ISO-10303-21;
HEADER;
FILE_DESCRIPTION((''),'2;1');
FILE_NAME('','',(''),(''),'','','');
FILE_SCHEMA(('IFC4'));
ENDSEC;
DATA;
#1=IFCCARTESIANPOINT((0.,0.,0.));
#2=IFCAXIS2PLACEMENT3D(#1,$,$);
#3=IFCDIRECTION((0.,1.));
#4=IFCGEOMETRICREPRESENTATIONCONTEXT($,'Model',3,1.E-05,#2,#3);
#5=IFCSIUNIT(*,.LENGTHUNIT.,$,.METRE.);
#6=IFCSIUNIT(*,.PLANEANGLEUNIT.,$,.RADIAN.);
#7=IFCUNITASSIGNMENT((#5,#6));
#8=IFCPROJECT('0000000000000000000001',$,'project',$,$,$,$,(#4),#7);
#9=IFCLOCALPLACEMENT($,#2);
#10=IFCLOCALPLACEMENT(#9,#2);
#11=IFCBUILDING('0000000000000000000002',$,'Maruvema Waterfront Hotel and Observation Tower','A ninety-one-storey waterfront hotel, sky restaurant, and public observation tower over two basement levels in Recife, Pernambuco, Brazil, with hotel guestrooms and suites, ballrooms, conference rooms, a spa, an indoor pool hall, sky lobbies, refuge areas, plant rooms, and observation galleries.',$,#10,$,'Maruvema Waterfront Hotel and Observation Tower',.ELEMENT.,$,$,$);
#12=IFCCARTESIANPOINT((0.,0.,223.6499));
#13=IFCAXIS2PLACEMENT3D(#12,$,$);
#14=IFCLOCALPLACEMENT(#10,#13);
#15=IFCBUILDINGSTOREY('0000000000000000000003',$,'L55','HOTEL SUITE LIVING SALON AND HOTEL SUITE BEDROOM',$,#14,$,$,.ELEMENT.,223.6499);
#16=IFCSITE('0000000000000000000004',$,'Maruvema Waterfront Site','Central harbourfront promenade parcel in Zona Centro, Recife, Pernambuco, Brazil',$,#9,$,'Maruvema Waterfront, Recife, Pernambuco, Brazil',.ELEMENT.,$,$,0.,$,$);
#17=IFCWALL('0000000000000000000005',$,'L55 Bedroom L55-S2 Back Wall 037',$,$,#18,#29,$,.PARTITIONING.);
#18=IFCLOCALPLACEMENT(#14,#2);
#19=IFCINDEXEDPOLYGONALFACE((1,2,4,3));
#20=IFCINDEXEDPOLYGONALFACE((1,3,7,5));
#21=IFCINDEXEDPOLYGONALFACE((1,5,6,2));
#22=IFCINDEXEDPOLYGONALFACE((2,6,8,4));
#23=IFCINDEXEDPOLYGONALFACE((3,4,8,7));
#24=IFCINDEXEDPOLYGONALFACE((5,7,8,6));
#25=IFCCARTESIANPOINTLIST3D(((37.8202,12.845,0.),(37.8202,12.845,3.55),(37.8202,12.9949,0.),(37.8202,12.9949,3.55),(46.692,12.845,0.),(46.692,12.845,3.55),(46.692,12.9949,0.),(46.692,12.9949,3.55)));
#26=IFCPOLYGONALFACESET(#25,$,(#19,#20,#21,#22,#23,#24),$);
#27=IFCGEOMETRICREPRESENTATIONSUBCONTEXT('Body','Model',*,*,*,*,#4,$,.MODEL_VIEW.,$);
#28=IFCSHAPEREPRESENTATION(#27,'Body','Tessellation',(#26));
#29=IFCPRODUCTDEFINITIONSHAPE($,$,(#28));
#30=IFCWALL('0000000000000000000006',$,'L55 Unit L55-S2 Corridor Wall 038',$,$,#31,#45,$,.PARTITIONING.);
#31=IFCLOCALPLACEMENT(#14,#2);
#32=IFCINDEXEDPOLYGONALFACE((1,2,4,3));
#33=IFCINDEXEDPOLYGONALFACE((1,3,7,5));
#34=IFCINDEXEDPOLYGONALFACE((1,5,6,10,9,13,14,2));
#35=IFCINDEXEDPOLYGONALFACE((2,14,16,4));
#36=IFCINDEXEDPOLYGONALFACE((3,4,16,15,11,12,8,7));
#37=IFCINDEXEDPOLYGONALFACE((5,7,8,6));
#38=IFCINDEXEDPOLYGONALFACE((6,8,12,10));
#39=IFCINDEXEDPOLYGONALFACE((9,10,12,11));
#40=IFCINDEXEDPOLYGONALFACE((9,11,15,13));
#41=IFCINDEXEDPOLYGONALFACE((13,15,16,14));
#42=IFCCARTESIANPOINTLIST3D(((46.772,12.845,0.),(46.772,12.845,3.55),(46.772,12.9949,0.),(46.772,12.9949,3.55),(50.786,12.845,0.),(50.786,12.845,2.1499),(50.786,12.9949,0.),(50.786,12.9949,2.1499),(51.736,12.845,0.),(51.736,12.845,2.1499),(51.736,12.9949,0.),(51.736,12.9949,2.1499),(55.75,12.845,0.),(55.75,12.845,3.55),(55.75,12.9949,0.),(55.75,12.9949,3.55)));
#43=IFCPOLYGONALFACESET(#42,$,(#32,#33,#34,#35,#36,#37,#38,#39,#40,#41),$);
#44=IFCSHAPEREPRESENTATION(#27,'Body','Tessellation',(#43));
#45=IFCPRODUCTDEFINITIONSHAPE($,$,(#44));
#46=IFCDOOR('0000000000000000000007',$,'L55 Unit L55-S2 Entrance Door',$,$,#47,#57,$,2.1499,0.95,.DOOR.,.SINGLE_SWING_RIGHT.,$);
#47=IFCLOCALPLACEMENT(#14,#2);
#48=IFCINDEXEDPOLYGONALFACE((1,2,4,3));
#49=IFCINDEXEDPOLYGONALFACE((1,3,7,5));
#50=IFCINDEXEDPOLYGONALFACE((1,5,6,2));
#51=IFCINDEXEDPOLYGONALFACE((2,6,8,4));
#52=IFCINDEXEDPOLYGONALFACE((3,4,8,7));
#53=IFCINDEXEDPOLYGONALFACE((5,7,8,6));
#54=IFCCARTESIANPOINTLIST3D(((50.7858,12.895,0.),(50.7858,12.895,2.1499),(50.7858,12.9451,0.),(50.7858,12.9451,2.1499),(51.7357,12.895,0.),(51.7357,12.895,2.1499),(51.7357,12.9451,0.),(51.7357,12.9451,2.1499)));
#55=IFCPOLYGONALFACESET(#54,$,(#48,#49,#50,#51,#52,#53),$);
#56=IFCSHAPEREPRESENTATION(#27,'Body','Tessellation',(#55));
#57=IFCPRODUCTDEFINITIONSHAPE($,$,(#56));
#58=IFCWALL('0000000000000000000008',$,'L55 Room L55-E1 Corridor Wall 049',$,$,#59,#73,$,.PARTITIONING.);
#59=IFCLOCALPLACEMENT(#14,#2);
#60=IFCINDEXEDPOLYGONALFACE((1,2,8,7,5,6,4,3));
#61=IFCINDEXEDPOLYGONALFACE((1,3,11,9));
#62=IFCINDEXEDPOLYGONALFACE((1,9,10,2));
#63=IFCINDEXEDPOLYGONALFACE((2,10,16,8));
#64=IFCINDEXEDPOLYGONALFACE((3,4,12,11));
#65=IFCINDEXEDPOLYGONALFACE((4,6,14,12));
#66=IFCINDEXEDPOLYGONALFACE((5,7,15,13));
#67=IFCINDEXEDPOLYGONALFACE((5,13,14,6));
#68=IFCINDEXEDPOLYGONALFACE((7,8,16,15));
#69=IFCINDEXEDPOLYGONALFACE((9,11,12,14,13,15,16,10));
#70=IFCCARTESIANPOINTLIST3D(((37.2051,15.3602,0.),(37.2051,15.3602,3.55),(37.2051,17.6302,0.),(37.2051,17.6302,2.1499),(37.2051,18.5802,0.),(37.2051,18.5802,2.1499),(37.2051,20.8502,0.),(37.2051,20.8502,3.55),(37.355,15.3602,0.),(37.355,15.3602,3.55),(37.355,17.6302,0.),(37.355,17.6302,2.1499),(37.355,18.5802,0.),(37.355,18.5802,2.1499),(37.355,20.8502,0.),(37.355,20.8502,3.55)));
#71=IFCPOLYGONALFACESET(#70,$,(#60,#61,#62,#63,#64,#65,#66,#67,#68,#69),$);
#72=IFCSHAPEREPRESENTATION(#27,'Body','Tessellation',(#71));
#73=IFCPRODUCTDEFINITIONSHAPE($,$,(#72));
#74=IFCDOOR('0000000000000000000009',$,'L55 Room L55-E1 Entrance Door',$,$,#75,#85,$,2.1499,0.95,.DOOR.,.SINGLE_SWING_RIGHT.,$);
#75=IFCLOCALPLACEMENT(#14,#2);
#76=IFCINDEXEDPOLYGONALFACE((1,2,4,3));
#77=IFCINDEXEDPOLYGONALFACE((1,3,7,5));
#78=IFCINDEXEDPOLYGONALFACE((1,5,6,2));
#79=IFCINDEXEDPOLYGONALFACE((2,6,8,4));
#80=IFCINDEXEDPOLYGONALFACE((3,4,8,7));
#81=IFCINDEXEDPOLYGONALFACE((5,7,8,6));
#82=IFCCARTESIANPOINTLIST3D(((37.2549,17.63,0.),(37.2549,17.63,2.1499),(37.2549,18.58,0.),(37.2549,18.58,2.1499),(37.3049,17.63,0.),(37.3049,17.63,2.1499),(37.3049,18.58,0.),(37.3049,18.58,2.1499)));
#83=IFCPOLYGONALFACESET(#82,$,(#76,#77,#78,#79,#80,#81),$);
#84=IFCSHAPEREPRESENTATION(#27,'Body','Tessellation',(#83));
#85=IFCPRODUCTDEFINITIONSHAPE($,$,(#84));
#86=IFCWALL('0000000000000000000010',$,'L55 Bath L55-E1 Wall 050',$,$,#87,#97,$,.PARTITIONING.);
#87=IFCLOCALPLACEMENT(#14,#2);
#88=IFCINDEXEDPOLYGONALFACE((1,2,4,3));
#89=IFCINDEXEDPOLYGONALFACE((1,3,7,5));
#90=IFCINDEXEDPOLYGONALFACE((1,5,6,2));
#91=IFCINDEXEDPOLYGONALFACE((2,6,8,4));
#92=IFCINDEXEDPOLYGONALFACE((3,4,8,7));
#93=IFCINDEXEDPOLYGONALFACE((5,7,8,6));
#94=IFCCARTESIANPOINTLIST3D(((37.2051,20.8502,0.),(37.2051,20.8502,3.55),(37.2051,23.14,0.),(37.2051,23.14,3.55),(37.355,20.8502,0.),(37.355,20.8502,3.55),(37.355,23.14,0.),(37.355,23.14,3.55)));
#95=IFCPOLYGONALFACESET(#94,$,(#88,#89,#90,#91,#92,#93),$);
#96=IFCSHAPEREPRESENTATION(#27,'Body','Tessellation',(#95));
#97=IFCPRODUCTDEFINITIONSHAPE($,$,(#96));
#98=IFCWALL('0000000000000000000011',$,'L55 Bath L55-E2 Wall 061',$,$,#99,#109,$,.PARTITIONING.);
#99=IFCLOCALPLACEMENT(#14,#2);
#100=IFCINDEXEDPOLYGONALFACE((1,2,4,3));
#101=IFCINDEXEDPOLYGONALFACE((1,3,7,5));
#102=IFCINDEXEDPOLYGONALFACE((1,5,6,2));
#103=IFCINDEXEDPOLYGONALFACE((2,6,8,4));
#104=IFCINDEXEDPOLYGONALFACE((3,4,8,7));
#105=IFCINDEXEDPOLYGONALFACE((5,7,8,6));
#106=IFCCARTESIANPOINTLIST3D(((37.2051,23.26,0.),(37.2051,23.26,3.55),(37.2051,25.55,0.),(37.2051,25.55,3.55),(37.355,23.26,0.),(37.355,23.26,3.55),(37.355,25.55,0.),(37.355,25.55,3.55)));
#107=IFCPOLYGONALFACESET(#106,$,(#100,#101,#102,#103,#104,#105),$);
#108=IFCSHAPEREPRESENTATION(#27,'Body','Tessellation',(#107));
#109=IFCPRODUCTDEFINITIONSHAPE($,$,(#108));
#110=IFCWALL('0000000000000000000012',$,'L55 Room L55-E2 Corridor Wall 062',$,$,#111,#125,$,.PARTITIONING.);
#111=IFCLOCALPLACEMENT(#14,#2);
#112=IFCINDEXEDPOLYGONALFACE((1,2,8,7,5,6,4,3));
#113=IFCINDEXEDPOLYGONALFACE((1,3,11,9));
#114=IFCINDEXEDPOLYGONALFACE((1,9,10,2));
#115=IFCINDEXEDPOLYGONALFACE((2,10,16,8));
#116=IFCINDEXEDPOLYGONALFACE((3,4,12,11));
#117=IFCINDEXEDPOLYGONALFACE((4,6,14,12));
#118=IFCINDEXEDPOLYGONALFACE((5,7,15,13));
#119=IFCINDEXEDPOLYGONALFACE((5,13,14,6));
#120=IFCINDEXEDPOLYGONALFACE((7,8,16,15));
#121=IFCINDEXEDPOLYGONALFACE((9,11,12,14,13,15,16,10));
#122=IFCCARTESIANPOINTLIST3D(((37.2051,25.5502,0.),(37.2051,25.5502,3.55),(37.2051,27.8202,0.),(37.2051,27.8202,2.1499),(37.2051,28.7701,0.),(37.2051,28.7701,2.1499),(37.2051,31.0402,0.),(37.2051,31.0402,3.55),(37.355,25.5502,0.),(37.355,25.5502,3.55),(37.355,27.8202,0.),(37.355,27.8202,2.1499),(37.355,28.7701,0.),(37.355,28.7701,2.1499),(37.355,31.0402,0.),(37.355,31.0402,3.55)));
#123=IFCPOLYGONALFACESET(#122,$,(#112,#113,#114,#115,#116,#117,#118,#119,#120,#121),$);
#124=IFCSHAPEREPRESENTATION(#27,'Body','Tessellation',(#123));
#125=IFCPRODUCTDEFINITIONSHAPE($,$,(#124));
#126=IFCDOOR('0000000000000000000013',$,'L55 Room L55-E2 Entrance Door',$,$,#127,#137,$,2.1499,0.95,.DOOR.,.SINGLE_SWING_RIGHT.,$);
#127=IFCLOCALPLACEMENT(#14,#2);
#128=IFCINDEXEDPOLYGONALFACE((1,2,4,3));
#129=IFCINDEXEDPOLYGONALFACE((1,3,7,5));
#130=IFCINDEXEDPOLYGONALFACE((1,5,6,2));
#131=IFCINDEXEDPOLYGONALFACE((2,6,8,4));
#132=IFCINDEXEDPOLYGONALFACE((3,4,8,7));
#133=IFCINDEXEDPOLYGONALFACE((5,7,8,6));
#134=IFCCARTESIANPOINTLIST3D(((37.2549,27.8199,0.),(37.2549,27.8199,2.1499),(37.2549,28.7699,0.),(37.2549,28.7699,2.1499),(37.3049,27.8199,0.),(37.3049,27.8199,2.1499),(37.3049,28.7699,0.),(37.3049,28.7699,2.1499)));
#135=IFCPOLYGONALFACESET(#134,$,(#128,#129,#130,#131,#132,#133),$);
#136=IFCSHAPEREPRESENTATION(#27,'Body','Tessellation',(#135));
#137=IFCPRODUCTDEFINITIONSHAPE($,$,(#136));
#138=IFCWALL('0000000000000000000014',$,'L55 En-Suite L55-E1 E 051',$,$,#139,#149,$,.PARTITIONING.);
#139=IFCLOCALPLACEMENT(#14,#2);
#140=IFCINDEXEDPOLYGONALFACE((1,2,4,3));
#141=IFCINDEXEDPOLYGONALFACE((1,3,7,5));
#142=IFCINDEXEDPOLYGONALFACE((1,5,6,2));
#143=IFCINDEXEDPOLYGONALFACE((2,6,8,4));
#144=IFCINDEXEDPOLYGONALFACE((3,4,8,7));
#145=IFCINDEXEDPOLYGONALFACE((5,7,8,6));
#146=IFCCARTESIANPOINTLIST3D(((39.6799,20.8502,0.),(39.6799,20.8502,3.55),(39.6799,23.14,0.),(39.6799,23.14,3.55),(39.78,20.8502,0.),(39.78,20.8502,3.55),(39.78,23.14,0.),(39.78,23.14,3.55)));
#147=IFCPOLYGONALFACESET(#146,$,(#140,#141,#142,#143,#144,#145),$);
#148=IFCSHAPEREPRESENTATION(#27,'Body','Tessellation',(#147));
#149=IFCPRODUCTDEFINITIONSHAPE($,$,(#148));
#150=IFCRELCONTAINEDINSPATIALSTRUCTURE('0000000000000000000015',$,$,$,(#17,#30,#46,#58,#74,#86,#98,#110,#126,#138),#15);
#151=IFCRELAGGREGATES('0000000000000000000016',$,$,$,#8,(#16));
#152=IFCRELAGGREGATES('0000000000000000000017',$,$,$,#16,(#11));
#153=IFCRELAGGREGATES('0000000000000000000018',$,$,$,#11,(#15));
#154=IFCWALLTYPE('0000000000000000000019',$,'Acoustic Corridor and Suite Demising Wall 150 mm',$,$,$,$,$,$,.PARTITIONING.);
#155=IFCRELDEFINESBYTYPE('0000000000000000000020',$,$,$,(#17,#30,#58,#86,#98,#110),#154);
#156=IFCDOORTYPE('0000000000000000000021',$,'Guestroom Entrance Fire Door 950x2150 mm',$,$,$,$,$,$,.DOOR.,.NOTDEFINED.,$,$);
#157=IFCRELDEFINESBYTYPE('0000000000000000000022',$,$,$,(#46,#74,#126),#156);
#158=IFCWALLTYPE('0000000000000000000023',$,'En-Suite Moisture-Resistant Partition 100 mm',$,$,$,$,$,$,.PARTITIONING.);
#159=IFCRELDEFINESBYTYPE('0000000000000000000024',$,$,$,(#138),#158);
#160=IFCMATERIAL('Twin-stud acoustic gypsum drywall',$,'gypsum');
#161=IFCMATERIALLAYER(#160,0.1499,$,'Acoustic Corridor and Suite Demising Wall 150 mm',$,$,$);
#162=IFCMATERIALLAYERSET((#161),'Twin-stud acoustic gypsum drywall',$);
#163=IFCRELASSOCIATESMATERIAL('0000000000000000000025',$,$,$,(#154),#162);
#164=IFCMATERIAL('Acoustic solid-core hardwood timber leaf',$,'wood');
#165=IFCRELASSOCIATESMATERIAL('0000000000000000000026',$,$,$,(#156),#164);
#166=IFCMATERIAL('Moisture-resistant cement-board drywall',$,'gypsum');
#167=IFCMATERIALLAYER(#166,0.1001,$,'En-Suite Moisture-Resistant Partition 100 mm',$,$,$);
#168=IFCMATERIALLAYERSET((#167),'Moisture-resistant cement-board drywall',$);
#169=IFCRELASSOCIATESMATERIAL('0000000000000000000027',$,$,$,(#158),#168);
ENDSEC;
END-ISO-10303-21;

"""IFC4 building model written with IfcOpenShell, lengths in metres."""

from ifc_helpers import new_model, si_unit, direction, frame, frame_2d, origin, place, context, subcontext, project, spatial, rectangle, extrude, material, layer, layer_set, type_object, element, fill, save


model = new_model("IFC4")

# Units and contexts
model_context = context("Model", 3, precision=1e-05, world=origin(), true_north=direction((0.0, 1.0)))
body_context = subcontext(model_context, "Body", "Model", "MODEL_VIEW")
ifc_project = project(units=[si_unit("LENGTHUNIT", "METRE"), si_unit("PLANEANGLEUNIT", "RADIAN")], contexts=[model_context])

# Site, building, storey
site_placement = place(None, origin())
site = spatial("IfcSite", under=ifc_project, at=site_placement, Name="Maruvema Waterfront Site", Description="Central harbourfront promenade parcel in Zona Centro, Recife, Pernambuco, Brazil", LongName="Maruvema Waterfront, Recife, Pernambuco, Brazil", CompositionType="ELEMENT", RefElevation=0.0)
building_placement = place(site_placement, origin())
building = spatial("IfcBuilding", under=site, at=building_placement, Name="Maruvema Waterfront Hotel and Observation Tower", Description="A ninety-one-storey waterfront hotel, sky restaurant, and public observation tower over two basement levels in Recife, Pernambuco, Brazil, with hotel guestrooms and suites, ballrooms, conference rooms, a spa, an indoor pool hall, sky lobbies, refuge areas, plant rooms, and observation galleries.", LongName="Maruvema Waterfront Hotel and Observation Tower", CompositionType="ELEMENT")
storey_placement = place(building_placement, frame((0.0, 0.0, 223.6499)))
storey = spatial("IfcBuildingStorey", under=building, at=storey_placement, Name="L55", Description="HOTEL SUITE LIVING SALON AND HOTEL SUITE BEDROOM", CompositionType="ELEMENT", Elevation=223.6499)

# Wall
ifc_material_1 = material(Name="Twin-stud acoustic gypsum drywall", Category="gypsum")
ifc_layer_1 = layer(ifc_material_1, 0.1499, Name="Acoustic Corridor and Suite Demising Wall 150 mm")
ifc_layer_set_1 = layer_set([ifc_layer_1], Name="Twin-stud acoustic gypsum drywall")
wall_type_1 = type_object("IfcWallType", Name="Acoustic Corridor and Suite Demising Wall 150 mm", PredefinedType="PARTITIONING", material=ifc_layer_set_1)
wall_1_placement = place(storey_placement, frame((37.8201, 12.9199, 0.0), z_axis=(0.0, 0.0, 1.0), x_axis=(1.0, 0.0, 0.0)))
element("IfcWall", 1, at=wall_1_placement, inside=storey, type_object=wall_type_1, Name="L55 Bedroom L55-S2 Back Wall 037", PredefinedType="PARTITIONING", context=body_context, shape_type="SweptSolid", body=[
    extrude(rectangle(XDim=8.8718, YDim=0.1499, at=frame_2d((4.436, 0.0))), origin(), (0.0, 0.0, 1.0), 3.55),
])

# Walls, openings, doors
wall_2_placement = place(storey_placement, frame((46.772, 12.9199, 0.0), z_axis=(0.0, 0.0, 1.0), x_axis=(1.0, 0.0, 0.0)))
wall_2 = element("IfcWall", 2, at=wall_2_placement, inside=storey, type_object=wall_type_1, Name="L55 Unit L55-S2 Corridor Wall 038", PredefinedType="PARTITIONING", context=body_context, shape_type="SweptSolid", body=[
    extrude(rectangle(XDim=8.978, YDim=0.1499, at=frame_2d((4.489, 0.0))), origin(), (0.0, 0.0, 1.0), 3.55),
])
opening_1_placement = place(wall_2_placement, frame((4.0139, 0.0, 0.0)))
opening_1 = element("IfcOpeningElement", 3, at=opening_1_placement, cuts=wall_2, PredefinedType="OPENING", context=body_context, shape_type="SweptSolid", body=[
    extrude(rectangle(XDim=0.95, YDim=2.1499, at=frame_2d((0.4751, 1.075))), frame((0.0, 0.085, 0.0), z_axis=(0.0, -1.0, 0.0), x_axis=(1.0, 0.0, 0.0)), (0.0, 0.0, 1.0), 0.1699),
])
ifc_material_2 = material(Name="Acoustic solid-core hardwood timber leaf", Category="wood")
door_type_1 = type_object("IfcDoorType", Name="Guestroom Entrance Fire Door 950x2150 mm", OperationType="NOTDEFINED", PredefinedType="DOOR", material=ifc_material_2)
door_1_placement = place(opening_1_placement, frame((0.95, 0.0, 0.0), z_axis=(0.0, 0.0, 1.0), x_axis=(-1.0, 0.0, 0.0)))
door_1 = element("IfcDoor", 4, at=door_1_placement, inside=storey, type_object=door_type_1, Name="L55 Unit L55-S2 Entrance Door", OperationType="SINGLE_SWING_RIGHT", OverallHeight=2.1499, OverallWidth=0.95, PredefinedType="DOOR", context=body_context, shape_type="SweptSolid", body=[
    extrude(rectangle(XDim=0.95, YDim=2.1499, at=frame_2d((0.4751, 1.075))), frame((0.0, 0.0249, 0.0), z_axis=(0.0, -1.0, 0.0), x_axis=(1.0, 0.0, 0.0)), (0.0, 0.0, 1.0), 0.05),
])
fill(opening_1, door_1)
wall_3_placement = place(storey_placement, frame((37.28, 15.3601, 0.0), z_axis=(0.0, 0.0, 1.0), x_axis=(0.0, 1.0, 0.0)))
wall_3 = element("IfcWall", 5, at=wall_3_placement, inside=storey, type_object=wall_type_1, Name="L55 Room L55-E1 Corridor Wall 049", PredefinedType="PARTITIONING", context=body_context, shape_type="SweptSolid", body=[
    extrude(rectangle(XDim=5.49, YDim=0.1499, at=frame_2d((2.7451, 0.0))), origin(), (0.0, 0.0, 1.0), 3.55),
])
opening_2_placement = place(wall_3_placement, frame((2.27, 0.0, 0.0)))
opening_2 = element("IfcOpeningElement", 6, at=opening_2_placement, cuts=wall_3, PredefinedType="OPENING", context=body_context, shape_type="SweptSolid", body=[
    extrude(rectangle(XDim=0.95, YDim=2.1499, at=frame_2d((0.4751, 1.075))), frame((0.0, 0.085, 0.0), z_axis=(0.0, -1.0, 0.0), x_axis=(1.0, 0.0, 0.0)), (0.0, 0.0, 1.0), 0.1699),
])
door_2_placement = place(opening_2_placement, frame((0.95, 0.0, 0.0), z_axis=(0.0, 0.0, 1.0), x_axis=(-1.0, 0.0, 0.0)))
door_2 = element("IfcDoor", 7, at=door_2_placement, inside=storey, type_object=door_type_1, Name="L55 Room L55-E1 Entrance Door", OperationType="SINGLE_SWING_RIGHT", OverallHeight=2.1499, OverallWidth=0.95, PredefinedType="DOOR", context=body_context, shape_type="SweptSolid", body=[
    extrude(rectangle(XDim=0.95, YDim=2.1499, at=frame_2d((0.4751, 1.075))), frame((0.0, 0.0249, 0.0), z_axis=(0.0, -1.0, 0.0), x_axis=(1.0, 0.0, 0.0)), (0.0, 0.0, 1.0), 0.05),
])
fill(opening_2, door_2)

# Walls
wall_4_placement = place(storey_placement, frame((37.28, 20.8501, 0.0), z_axis=(0.0, 0.0, 1.0), x_axis=(0.0, 1.0, 0.0)))
element("IfcWall", 8, at=wall_4_placement, inside=storey, type_object=wall_type_1, Name="L55 Bath L55-E1 Wall 050", PredefinedType="PARTITIONING", context=body_context, shape_type="SweptSolid", body=[
    extrude(rectangle(XDim=2.2898, YDim=0.1499, at=frame_2d((1.145, 0.0))), origin(), (0.0, 0.0, 1.0), 3.55),
])
wall_5_placement = place(storey_placement, frame((37.28, 23.26, 0.0), z_axis=(0.0, 0.0, 1.0), x_axis=(0.0, 1.0, 0.0)))
element("IfcWall", 9, at=wall_5_placement, inside=storey, type_object=wall_type_1, Name="L55 Bath L55-E2 Wall 061", PredefinedType="PARTITIONING", context=body_context, shape_type="SweptSolid", body=[
    extrude(rectangle(XDim=2.29, YDim=0.1499, at=frame_2d((1.145, 0.0))), origin(), (0.0, 0.0, 1.0), 3.55),
])

# Wall, opening, door
wall_6_placement = place(storey_placement, frame((37.28, 25.55, 0.0), z_axis=(0.0, 0.0, 1.0), x_axis=(0.0, 1.0, 0.0)))
wall_6 = element("IfcWall", 10, at=wall_6_placement, inside=storey, type_object=wall_type_1, Name="L55 Room L55-E2 Corridor Wall 062", PredefinedType="PARTITIONING", context=body_context, shape_type="SweptSolid", body=[
    extrude(rectangle(XDim=5.49, YDim=0.1499, at=frame_2d((2.7451, 0.0))), origin(), (0.0, 0.0, 1.0), 3.55),
])
opening_3_placement = place(wall_6_placement, frame((2.27, 0.0, 0.0)))
opening_3 = element("IfcOpeningElement", 11, at=opening_3_placement, cuts=wall_6, PredefinedType="OPENING", context=body_context, shape_type="SweptSolid", body=[
    extrude(rectangle(XDim=0.95, YDim=2.1499, at=frame_2d((0.4751, 1.075))), frame((0.0, 0.085, 0.0), z_axis=(0.0, -1.0, 0.0), x_axis=(1.0, 0.0, 0.0)), (0.0, 0.0, 1.0), 0.1699),
])
door_3_placement = place(opening_3_placement, frame((0.95, 0.0, 0.0), z_axis=(0.0, 0.0, 1.0), x_axis=(-1.0, 0.0, 0.0)))
door_3 = element("IfcDoor", 12, at=door_3_placement, inside=storey, type_object=door_type_1, Name="L55 Room L55-E2 Entrance Door", OperationType="SINGLE_SWING_RIGHT", OverallHeight=2.1499, OverallWidth=0.95, PredefinedType="DOOR", context=body_context, shape_type="SweptSolid", body=[
    extrude(rectangle(XDim=0.95, YDim=2.1499, at=frame_2d((0.4751, 1.075))), frame((0.0, 0.0249, 0.0), z_axis=(0.0, -1.0, 0.0), x_axis=(1.0, 0.0, 0.0)), (0.0, 0.0, 1.0), 0.05),
])
fill(opening_3, door_3)

# Wall
ifc_material_3 = material(Name="Moisture-resistant cement-board drywall", Category="gypsum")
ifc_layer_2 = layer(ifc_material_3, 0.1001, Name="En-Suite Moisture-Resistant Partition 100 mm")
ifc_layer_set_2 = layer_set([ifc_layer_2], Name="Moisture-resistant cement-board drywall")
wall_type_2 = type_object("IfcWallType", Name="En-Suite Moisture-Resistant Partition 100 mm", PredefinedType="PARTITIONING", material=ifc_layer_set_2)
wall_7_placement = place(storey_placement, frame((39.73, 20.8501, 0.0), z_axis=(0.0, 0.0, 1.0), x_axis=(0.0, 1.0, 0.0)))
element("IfcWall", 13, at=wall_7_placement, inside=storey, type_object=wall_type_2, Name="L55 En-Suite L55-E1 E 051", PredefinedType="PARTITIONING", context=body_context, shape_type="SweptSolid", body=[
    extrude(rectangle(XDim=2.2898, YDim=0.1001, at=frame_2d((1.145, 0.0))), origin(), (0.0, 0.0, 1.0), 3.55),
])

save(model, "model.ifc")
